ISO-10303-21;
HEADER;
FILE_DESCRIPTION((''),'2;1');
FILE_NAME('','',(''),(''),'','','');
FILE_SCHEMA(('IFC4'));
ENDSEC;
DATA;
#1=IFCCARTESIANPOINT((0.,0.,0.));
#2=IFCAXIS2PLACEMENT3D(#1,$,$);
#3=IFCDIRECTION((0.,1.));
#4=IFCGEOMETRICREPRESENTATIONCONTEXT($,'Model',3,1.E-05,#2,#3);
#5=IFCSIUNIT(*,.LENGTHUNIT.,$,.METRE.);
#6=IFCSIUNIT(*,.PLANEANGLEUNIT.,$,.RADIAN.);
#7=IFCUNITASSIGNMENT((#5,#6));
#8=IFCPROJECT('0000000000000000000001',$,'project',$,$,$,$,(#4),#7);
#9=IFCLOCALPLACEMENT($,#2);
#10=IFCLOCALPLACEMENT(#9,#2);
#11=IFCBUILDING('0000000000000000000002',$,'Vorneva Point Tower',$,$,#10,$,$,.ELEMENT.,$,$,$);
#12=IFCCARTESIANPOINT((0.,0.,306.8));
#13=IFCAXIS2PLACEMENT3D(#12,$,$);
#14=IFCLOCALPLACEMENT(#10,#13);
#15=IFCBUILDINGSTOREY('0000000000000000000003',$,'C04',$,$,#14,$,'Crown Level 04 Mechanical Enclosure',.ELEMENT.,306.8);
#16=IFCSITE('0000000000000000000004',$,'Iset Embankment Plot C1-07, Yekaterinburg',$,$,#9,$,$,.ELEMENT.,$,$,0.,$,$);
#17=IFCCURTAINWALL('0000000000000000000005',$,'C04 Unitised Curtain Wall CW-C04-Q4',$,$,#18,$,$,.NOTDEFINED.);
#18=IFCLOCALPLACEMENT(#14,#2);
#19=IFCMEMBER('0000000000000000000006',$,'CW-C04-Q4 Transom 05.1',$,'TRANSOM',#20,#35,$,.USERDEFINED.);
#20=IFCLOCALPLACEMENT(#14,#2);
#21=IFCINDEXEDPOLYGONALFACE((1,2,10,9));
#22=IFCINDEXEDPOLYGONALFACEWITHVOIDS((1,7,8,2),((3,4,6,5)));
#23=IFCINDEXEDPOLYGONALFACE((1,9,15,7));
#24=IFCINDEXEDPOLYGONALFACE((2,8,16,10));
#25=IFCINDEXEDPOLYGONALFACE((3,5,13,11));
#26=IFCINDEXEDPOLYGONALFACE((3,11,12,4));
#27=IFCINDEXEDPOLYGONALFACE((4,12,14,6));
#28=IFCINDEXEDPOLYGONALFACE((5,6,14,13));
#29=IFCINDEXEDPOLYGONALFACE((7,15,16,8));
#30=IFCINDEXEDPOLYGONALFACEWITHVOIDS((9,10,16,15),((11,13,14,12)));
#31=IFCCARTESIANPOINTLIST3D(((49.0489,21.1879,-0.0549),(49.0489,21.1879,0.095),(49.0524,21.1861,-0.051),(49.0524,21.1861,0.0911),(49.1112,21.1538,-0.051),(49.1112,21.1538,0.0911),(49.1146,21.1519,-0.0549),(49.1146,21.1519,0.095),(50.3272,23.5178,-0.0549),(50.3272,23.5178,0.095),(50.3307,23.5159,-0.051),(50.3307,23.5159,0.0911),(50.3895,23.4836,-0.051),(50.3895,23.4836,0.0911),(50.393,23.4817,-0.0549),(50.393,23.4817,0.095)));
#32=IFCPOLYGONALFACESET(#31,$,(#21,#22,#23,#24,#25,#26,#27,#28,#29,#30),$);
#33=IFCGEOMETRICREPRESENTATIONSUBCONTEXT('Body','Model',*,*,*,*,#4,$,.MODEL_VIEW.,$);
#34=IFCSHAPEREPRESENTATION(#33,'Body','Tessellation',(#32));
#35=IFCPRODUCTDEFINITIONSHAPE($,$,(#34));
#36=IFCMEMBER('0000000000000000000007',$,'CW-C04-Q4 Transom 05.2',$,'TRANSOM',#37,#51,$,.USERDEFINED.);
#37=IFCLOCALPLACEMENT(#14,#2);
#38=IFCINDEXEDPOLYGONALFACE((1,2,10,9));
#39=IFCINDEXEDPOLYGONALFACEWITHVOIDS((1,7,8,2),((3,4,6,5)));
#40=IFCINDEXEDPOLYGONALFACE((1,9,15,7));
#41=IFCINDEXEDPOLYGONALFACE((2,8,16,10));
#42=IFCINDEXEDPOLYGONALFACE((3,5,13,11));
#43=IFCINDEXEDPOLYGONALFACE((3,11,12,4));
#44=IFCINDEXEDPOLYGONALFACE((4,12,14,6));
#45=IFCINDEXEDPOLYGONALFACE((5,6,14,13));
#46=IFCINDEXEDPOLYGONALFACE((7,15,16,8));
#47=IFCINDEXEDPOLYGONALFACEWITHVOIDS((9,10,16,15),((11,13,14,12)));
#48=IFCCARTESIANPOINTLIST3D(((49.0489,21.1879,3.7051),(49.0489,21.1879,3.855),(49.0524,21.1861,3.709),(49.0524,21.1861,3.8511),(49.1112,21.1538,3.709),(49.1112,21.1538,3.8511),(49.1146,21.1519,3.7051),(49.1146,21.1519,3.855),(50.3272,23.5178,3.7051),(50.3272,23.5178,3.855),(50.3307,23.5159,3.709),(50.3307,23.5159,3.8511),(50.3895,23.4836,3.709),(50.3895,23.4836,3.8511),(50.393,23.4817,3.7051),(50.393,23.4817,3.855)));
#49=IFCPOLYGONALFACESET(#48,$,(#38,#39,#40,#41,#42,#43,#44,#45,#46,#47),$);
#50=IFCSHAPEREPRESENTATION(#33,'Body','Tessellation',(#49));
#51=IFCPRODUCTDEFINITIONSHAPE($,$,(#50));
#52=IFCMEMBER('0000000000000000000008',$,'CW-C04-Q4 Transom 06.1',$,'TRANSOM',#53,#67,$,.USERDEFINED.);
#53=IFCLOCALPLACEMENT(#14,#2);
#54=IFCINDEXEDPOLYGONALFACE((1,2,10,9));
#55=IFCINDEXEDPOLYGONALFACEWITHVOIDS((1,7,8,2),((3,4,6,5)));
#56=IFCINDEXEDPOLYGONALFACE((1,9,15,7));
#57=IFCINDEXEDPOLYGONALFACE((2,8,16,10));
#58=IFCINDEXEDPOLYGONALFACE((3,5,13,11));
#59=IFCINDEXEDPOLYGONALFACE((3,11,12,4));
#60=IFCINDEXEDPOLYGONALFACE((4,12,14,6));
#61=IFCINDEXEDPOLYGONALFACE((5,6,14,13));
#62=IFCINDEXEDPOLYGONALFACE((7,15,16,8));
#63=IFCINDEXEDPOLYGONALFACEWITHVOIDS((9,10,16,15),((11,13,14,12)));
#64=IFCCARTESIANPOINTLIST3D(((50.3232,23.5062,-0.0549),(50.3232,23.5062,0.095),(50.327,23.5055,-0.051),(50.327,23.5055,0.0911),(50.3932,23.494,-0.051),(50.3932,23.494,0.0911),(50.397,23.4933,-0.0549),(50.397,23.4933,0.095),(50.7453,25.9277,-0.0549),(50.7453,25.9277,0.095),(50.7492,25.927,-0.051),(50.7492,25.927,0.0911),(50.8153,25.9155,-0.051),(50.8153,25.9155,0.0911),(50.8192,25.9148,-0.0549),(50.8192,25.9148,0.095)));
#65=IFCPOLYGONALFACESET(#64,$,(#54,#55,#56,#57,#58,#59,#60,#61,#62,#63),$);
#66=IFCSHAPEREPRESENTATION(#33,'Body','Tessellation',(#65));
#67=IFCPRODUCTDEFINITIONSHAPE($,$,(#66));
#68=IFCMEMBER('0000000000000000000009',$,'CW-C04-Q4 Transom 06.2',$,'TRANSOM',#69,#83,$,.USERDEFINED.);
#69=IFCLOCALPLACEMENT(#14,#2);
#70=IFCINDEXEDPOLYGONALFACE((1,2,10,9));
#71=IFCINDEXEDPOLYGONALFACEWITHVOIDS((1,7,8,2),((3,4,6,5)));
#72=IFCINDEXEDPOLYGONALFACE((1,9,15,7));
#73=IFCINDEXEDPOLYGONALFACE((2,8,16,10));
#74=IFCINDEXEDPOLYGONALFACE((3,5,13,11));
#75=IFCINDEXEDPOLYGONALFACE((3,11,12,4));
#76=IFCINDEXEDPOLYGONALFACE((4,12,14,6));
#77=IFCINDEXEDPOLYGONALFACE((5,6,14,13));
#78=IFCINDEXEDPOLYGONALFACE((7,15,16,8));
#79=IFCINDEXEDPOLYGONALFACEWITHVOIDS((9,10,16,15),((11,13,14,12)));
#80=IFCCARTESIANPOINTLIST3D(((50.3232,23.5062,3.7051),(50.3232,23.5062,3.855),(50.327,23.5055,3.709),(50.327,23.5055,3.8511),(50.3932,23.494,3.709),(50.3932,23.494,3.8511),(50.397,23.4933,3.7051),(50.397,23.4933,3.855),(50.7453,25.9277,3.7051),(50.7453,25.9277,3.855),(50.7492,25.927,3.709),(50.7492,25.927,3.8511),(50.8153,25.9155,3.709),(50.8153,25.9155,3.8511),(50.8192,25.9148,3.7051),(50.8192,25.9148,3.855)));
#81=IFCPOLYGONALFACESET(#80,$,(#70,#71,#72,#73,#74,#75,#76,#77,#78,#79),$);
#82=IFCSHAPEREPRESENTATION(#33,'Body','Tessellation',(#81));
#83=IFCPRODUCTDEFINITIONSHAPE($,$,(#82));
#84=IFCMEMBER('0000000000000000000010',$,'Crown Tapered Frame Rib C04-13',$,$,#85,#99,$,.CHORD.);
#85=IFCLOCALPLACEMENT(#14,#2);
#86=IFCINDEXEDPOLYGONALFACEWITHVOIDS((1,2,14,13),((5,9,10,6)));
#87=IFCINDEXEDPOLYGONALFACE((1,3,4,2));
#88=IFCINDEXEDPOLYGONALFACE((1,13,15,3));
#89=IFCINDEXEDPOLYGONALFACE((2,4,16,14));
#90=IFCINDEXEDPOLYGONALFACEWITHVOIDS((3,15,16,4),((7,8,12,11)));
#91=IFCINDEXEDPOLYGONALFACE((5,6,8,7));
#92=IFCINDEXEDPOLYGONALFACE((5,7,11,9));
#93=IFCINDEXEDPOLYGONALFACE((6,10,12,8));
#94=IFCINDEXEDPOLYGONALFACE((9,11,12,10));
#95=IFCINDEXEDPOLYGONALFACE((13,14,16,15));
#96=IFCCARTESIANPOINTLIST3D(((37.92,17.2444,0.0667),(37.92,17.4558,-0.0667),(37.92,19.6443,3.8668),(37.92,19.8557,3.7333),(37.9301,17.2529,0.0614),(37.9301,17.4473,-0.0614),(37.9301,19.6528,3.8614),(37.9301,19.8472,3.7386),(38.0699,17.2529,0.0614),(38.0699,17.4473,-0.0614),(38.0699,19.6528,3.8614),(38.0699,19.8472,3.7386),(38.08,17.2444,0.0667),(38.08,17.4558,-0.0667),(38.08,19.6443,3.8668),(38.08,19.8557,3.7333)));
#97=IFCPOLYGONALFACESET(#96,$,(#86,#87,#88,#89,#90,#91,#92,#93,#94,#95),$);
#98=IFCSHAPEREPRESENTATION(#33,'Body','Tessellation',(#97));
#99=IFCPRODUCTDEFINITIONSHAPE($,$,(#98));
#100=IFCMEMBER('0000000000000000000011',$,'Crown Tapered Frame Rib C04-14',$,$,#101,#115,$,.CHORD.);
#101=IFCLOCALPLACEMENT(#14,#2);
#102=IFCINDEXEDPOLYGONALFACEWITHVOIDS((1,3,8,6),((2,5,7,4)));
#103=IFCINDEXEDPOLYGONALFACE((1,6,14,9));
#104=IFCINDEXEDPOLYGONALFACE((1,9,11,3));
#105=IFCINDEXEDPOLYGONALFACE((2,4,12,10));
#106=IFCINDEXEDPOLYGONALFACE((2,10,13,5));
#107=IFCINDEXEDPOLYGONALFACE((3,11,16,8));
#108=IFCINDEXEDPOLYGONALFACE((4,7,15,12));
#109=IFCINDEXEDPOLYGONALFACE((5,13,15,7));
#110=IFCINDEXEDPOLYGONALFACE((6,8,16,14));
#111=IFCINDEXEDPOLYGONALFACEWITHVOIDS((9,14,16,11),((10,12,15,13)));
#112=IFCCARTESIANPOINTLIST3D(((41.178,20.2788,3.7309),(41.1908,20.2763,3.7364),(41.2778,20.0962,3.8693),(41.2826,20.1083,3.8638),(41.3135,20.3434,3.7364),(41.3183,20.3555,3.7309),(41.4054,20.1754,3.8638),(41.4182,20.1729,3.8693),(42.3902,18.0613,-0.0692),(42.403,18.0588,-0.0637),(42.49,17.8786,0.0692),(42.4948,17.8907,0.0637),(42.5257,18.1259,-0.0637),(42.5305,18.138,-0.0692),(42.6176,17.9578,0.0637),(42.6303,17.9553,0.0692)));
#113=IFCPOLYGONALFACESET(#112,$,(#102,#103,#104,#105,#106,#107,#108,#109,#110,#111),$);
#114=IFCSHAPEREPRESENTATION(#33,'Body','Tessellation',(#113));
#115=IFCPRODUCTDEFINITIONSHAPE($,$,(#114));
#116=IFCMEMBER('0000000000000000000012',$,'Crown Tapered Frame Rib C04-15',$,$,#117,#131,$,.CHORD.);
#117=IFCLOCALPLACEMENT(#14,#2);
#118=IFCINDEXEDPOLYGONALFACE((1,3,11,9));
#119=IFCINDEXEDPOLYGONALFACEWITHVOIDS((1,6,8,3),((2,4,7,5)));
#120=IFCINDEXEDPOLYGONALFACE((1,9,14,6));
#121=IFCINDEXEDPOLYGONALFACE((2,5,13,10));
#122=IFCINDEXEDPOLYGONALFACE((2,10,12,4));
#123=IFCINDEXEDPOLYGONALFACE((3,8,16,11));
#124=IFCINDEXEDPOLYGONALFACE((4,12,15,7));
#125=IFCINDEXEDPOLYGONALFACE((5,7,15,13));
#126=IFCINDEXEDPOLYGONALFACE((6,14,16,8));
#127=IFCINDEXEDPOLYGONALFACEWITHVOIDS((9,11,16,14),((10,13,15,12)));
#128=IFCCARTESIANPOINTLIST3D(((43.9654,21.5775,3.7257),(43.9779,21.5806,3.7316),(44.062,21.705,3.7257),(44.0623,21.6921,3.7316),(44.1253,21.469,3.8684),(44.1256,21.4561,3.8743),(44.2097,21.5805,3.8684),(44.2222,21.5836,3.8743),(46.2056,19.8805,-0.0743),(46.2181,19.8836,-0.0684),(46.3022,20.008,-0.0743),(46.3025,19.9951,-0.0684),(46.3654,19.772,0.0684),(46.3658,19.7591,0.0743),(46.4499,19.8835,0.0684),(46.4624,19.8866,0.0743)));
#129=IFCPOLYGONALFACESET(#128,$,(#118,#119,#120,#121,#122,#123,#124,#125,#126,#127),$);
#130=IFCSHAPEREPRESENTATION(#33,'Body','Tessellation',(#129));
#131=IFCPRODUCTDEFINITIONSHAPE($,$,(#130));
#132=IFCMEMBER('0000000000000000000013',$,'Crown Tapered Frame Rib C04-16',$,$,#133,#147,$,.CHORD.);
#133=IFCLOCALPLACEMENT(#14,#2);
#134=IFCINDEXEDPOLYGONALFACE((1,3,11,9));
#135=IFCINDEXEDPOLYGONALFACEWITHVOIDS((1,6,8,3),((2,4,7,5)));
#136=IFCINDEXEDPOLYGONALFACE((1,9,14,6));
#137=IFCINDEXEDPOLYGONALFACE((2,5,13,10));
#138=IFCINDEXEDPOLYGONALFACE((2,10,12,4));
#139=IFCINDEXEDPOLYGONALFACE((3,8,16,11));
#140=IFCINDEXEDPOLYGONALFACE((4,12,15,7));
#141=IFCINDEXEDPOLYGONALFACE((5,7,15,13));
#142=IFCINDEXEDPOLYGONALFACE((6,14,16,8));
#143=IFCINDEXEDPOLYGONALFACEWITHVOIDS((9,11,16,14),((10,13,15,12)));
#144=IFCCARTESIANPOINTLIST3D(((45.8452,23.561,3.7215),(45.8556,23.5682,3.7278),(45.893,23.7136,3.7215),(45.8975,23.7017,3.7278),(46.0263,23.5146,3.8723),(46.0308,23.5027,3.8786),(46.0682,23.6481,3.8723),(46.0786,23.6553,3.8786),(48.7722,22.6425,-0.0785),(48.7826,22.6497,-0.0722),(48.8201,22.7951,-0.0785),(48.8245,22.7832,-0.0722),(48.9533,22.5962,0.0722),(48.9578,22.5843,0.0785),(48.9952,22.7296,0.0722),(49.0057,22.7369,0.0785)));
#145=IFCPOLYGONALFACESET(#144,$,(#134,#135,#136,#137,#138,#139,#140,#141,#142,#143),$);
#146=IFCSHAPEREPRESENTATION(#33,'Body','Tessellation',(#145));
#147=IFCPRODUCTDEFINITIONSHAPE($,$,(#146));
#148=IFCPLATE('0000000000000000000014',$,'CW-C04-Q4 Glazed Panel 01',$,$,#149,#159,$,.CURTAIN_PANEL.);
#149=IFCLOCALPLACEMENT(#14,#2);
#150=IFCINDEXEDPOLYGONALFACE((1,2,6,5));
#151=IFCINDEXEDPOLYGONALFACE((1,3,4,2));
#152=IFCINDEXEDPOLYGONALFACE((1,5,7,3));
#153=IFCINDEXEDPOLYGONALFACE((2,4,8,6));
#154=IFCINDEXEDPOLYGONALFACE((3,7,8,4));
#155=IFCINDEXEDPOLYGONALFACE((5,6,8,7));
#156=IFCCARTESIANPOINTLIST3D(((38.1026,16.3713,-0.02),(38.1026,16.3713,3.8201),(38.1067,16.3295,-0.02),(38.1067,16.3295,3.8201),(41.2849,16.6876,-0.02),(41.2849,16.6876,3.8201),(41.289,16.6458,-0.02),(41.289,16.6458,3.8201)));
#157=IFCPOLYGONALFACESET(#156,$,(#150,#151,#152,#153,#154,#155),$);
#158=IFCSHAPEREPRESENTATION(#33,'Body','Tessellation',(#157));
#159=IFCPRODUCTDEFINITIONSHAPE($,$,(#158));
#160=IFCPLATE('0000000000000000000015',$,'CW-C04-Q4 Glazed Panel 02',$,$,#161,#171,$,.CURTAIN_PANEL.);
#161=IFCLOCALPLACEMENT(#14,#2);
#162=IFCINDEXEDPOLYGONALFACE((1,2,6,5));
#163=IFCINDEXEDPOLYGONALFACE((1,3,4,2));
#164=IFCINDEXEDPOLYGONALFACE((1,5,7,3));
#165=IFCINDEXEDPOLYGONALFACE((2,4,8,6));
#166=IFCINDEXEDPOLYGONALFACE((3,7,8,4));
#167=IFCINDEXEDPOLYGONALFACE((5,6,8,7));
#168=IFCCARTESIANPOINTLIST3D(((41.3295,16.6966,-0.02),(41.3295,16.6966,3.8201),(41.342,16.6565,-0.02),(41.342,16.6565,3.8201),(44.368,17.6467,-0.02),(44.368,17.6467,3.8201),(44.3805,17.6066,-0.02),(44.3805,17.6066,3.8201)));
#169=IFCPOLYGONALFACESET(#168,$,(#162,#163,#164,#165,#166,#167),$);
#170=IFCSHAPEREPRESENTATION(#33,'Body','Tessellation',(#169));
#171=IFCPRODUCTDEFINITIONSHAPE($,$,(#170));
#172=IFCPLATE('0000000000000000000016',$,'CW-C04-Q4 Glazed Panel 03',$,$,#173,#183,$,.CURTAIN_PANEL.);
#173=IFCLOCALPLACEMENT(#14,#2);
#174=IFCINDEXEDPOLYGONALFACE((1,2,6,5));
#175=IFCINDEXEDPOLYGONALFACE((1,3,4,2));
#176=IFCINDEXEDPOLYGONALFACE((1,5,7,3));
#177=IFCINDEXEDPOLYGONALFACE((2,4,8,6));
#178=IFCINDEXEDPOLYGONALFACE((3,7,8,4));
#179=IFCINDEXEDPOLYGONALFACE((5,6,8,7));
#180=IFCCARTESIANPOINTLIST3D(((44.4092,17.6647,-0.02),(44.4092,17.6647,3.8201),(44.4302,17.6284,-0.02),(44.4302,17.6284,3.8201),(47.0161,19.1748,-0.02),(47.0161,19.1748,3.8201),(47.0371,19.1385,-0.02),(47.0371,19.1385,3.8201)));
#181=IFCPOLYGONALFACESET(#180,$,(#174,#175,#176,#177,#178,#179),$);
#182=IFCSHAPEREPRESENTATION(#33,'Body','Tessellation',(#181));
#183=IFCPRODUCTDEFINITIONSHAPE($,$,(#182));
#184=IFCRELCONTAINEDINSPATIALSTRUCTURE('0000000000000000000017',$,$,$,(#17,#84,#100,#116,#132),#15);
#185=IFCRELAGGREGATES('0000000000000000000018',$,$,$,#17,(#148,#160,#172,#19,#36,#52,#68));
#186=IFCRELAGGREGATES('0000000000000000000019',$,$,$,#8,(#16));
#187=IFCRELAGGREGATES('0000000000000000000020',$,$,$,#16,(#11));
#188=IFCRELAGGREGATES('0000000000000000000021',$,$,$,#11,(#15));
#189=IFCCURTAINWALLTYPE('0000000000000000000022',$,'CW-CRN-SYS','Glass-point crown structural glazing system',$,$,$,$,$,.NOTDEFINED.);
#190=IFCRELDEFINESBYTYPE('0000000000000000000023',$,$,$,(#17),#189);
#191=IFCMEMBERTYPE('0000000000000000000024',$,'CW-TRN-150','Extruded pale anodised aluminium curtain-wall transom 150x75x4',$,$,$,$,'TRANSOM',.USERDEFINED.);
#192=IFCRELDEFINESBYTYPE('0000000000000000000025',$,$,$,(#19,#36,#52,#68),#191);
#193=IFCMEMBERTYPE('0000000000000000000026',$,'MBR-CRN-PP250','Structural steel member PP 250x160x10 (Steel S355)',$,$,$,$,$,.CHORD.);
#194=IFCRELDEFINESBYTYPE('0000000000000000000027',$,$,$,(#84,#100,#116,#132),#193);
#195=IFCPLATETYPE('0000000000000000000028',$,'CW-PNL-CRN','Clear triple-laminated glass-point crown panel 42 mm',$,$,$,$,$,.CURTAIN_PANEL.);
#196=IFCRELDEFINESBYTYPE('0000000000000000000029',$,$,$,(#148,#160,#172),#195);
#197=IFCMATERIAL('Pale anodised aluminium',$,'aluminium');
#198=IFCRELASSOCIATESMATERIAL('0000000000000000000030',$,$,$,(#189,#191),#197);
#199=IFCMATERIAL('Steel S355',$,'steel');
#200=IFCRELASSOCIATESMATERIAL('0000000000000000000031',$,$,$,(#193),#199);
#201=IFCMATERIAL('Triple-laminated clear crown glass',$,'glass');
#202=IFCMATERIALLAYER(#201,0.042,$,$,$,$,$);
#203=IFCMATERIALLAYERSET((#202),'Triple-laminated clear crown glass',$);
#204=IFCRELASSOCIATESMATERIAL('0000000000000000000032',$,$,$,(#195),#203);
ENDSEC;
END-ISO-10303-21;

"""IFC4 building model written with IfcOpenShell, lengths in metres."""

from ifc_helpers import new_model, si_unit, direction, frame, origin, origin_2d, place, context, subcontext, project, spatial, rectangle, hollow_rectangle, extrude, material, layer, layer_set, material_profile, profile_set, type_object, element, aggregate, save


model = new_model("IFC4")

# Units and contexts
model_context = context("Model", 3, precision=1e-05, world=origin(), true_north=direction((0.0, 1.0)))
body_context = subcontext(model_context, "Body", "Model", "MODEL_VIEW")
ifc_project = project(units=[si_unit("LENGTHUNIT", "METRE"), si_unit("PLANEANGLEUNIT", "RADIAN")], contexts=[model_context])

# Site, building, storey
site_placement = place(None, origin())
site = spatial("IfcSite", under=ifc_project, at=site_placement, Name="Iset Embankment Plot C1-07, Yekaterinburg", CompositionType="ELEMENT", RefElevation=0.0)
building_placement = place(site_placement, origin())
building = spatial("IfcBuilding", under=site, at=building_placement, Name="Vorneva Point Tower", CompositionType="ELEMENT")
storey_placement = place(building_placement, frame((0.0, 0.0, 306.8)))
storey = spatial("IfcBuildingStorey", under=building, at=storey_placement, Name="C04", LongName="Crown Level 04 Mechanical Enclosure", CompositionType="ELEMENT", Elevation=306.8)

# Shared definitions
ifc_material_1 = material(Name="Steel S355", Category="steel")

# Curtain wall, members
ifc_material_2 = material(Name="Pale anodised aluminium", Category="aluminium")
curtain_wall_type = type_object("IfcCurtainWallType", Name="CW-CRN-SYS", Description="Glass-point crown structural glazing system", PredefinedType="NOTDEFINED", material=ifc_material_2)
curtain_wall_placement = place(storey_placement, origin())
curtain_wall = element("IfcCurtainWall", 1, at=curtain_wall_placement, inside=storey, type_object=curtain_wall_type, Name="C04 Unitised Curtain Wall CW-C04-Q4", PredefinedType="NOTDEFINED")
ifc_material_profile_1 = material_profile(ifc_material_2, hollow_rectangle(XDim=0.075, YDim=0.1499, WallThickness=0.0039, at=origin_2d()), Name="AL-TRN 150x75x4")
ifc_profile_set_1 = profile_set([ifc_material_profile_1], Name="Pale anodised aluminium")
member_type_1 = type_object("IfcMemberType", Name="CW-TRN-150", Description="Extruded pale anodised aluminium curtain-wall transom 150x75x4", ElementType="TRANSOM", PredefinedType="USERDEFINED", material=ifc_profile_set_1)
member_1_placement = place(storey_placement, frame((49.0818, 21.1699, 0.02), z_axis=(0.481026, 0.876706, 0.0), x_axis=(-0.876706, 0.481026, 0.0)))
member_1 = element("IfcMember", 2, at=member_1_placement, type_object=member_type_1, Name="CW-C04-Q4 Transom 05.1", ObjectType="TRANSOM", PredefinedType="USERDEFINED", context=body_context, shape_type="SweptSolid", body=[
    extrude(hollow_rectangle(XDim=0.075, YDim=0.1499, WallThickness=0.0039, at=origin_2d()), origin(), (0.0, 0.0, 1.0), 2.6575),
])
member_2_placement = place(storey_placement, frame((49.0818, 21.1699, 3.78), z_axis=(0.481026, 0.876706, 0.0), x_axis=(-0.876706, 0.481026, 0.0)))
member_2 = element("IfcMember", 3, at=member_2_placement, type_object=member_type_1, Name="CW-C04-Q4 Transom 05.2", ObjectType="TRANSOM", PredefinedType="USERDEFINED", context=body_context, shape_type="SweptSolid", body=[
    extrude(hollow_rectangle(XDim=0.075, YDim=0.1499, WallThickness=0.0039, at=origin_2d()), origin(), (0.0, 0.0, 1.0), 2.6575),
])
member_3_placement = place(storey_placement, frame((50.3601, 23.4998, 0.02), z_axis=(0.171739, 0.985142, 0.0), x_axis=(-0.985142, 0.171739, 0.0)))
member_3 = element("IfcMember", 4, at=member_3_placement, type_object=member_type_1, Name="CW-C04-Q4 Transom 06.1", ObjectType="TRANSOM", PredefinedType="USERDEFINED", context=body_context, shape_type="SweptSolid", body=[
    extrude(hollow_rectangle(XDim=0.075, YDim=0.1499, WallThickness=0.0039, at=origin_2d()), origin(), (0.0, 0.0, 1.0), 2.458),
])
member_4_placement = place(storey_placement, frame((50.3601, 23.4998, 3.78), z_axis=(0.171739, 0.985142, 0.0), x_axis=(-0.985142, 0.171739, 0.0)))
member_4 = element("IfcMember", 5, at=member_4_placement, type_object=member_type_1, Name="CW-C04-Q4 Transom 06.2", ObjectType="TRANSOM", PredefinedType="USERDEFINED", context=body_context, shape_type="SweptSolid", body=[
    extrude(hollow_rectangle(XDim=0.075, YDim=0.1499, WallThickness=0.0039, at=origin_2d()), origin(), (0.0, 0.0, 1.0), 2.458),
])

# Members
ifc_material_profile_2 = material_profile(ifc_material_1, hollow_rectangle(XDim=0.1599, YDim=0.25, WallThickness=0.01, at=origin_2d()), Name="PP 250x160x10")
ifc_profile_set_2 = profile_set([ifc_material_profile_2], Name="Steel S355")
member_type_2 = type_object("IfcMemberType", Name="MBR-CRN-PP250", Description="Structural steel member PP 250x160x10 (Steel S355)", PredefinedType="CHORD", material=ifc_profile_set_2)
member_5_placement = place(storey_placement, frame((38.0, 17.3501, 0.0), z_axis=(0.0, 0.533973, 0.845502), x_axis=(-1.0, 0.0, 0.0)))
element("IfcMember", 6, at=member_5_placement, inside=storey, type_object=member_type_2, Name="Crown Tapered Frame Rib C04-13", PredefinedType="CHORD", context=body_context, shape_type="SweptSolid", body=[
    extrude(hollow_rectangle(XDim=0.1599, YDim=0.25, WallThickness=0.01, at=origin_2d()), origin(), (0.0, 0.0, 1.0), 4.4944),
])
member_6_placement = place(storey_placement, frame((42.5103, 18.0083, 0.0), z_axis=(-0.26561, 0.485909, 0.832673), x_axis=(-0.877463, -0.479644, 0.0)))
element("IfcMember", 7, at=member_6_placement, inside=storey, type_object=member_type_2, Name="Crown Tapered Frame Rib C04-14", PredefinedType="CHORD", context=body_context, shape_type="SweptSolid", body=[
    extrude(hollow_rectangle(XDim=0.1599, YDim=0.25, WallThickness=0.01, at=origin_2d()), origin(), (0.0, 0.0, 1.0), 4.5637),
])
member_7_placement = place(storey_placement, frame((46.334, 19.8835, 0.0), z_axis=(-0.473983, 0.359051, 0.804004), x_axis=(-0.603829, -0.797114, 0.0)))
element("IfcMember", 8, at=member_7_placement, inside=storey, type_object=member_type_2, Name="Crown Tapered Frame Rib C04-15", PredefinedType="CHORD", context=body_context, shape_type="SweptSolid", body=[
    extrude(hollow_rectangle(XDim=0.1599, YDim=0.25, WallThickness=0.01, at=origin_2d()), origin(), (0.0, 0.0, 1.0), 4.7263),
])
member_8_placement = place(storey_placement, frame((48.8889, 22.6897, 0.0), z_axis=(-0.599332, 0.188063, 0.778096), x_axis=(-0.299394, -0.95413, 0.0)))
element("IfcMember", 9, at=member_8_placement, inside=storey, type_object=member_type_2, Name="Crown Tapered Frame Rib C04-16", PredefinedType="CHORD", context=body_context, shape_type="SweptSolid", body=[
    extrude(hollow_rectangle(XDim=0.1599, YDim=0.25, WallThickness=0.01, at=origin_2d()), origin(), (0.0, 0.0, 1.0), 4.8838),
])

# Plates
ifc_material_3 = material(Name="Triple-laminated clear crown glass", Category="glass")
ifc_layer = layer(ifc_material_3, 0.042)
ifc_layer_set = layer_set([ifc_layer], Name="Triple-laminated clear crown glass")
plate_type = type_object("IfcPlateType", Name="CW-PNL-CRN", Description="Clear triple-laminated glass-point crown panel 42 mm", PredefinedType="CURTAIN_PANEL", material=ifc_layer_set)
plate_1_placement = place(storey_placement, frame((39.6958, 16.5085, -0.02), z_axis=(0.0, 0.0, 1.0), x_axis=(0.995095, 0.09892, 0.0)))
plate_1 = element("IfcPlate", 10, at=plate_1_placement, type_object=plate_type, Name="CW-C04-Q4 Glazed Panel 01", PredefinedType="CURTAIN_PANEL", context=body_context, shape_type="SweptSolid", body=[
    extrude(rectangle(XDim=3.198, YDim=0.042, at=origin_2d()), origin(), (0.0, 0.0, 1.0), 3.8401),
])
plate_2_placement = place(storey_placement, frame((42.855, 17.1516, -0.02), z_axis=(0.0, 0.0, 1.0), x_axis=(0.954428, 0.298441, 0.0)))
plate_2 = element("IfcPlate", 11, at=plate_2_placement, type_object=plate_type, Name="CW-C04-Q4 Glazed Panel 02", PredefinedType="CURTAIN_PANEL", context=body_context, shape_type="SweptSolid", body=[
    extrude(rectangle(XDim=3.1836, YDim=0.042, at=origin_2d()), origin(), (0.0, 0.0, 1.0), 3.8401),
])
plate_3_placement = place(storey_placement, frame((45.7231, 18.4016, -0.02), z_axis=(0.0, 0.0, 1.0), x_axis=(0.865309, 0.501239, 0.0)))
plate_3 = element("IfcPlate", 12, at=plate_3_placement, type_object=plate_type, Name="CW-C04-Q4 Glazed Panel 03", PredefinedType="CURTAIN_PANEL", context=body_context, shape_type="SweptSolid", body=[
    extrude(rectangle(XDim=3.0127, YDim=0.042, at=origin_2d()), origin(), (0.0, 0.0, 1.0), 3.8401),
])
aggregate(curtain_wall, [plate_1, plate_2, plate_3, member_1, member_2, member_3, member_4])

save(model, "model.ifc")
